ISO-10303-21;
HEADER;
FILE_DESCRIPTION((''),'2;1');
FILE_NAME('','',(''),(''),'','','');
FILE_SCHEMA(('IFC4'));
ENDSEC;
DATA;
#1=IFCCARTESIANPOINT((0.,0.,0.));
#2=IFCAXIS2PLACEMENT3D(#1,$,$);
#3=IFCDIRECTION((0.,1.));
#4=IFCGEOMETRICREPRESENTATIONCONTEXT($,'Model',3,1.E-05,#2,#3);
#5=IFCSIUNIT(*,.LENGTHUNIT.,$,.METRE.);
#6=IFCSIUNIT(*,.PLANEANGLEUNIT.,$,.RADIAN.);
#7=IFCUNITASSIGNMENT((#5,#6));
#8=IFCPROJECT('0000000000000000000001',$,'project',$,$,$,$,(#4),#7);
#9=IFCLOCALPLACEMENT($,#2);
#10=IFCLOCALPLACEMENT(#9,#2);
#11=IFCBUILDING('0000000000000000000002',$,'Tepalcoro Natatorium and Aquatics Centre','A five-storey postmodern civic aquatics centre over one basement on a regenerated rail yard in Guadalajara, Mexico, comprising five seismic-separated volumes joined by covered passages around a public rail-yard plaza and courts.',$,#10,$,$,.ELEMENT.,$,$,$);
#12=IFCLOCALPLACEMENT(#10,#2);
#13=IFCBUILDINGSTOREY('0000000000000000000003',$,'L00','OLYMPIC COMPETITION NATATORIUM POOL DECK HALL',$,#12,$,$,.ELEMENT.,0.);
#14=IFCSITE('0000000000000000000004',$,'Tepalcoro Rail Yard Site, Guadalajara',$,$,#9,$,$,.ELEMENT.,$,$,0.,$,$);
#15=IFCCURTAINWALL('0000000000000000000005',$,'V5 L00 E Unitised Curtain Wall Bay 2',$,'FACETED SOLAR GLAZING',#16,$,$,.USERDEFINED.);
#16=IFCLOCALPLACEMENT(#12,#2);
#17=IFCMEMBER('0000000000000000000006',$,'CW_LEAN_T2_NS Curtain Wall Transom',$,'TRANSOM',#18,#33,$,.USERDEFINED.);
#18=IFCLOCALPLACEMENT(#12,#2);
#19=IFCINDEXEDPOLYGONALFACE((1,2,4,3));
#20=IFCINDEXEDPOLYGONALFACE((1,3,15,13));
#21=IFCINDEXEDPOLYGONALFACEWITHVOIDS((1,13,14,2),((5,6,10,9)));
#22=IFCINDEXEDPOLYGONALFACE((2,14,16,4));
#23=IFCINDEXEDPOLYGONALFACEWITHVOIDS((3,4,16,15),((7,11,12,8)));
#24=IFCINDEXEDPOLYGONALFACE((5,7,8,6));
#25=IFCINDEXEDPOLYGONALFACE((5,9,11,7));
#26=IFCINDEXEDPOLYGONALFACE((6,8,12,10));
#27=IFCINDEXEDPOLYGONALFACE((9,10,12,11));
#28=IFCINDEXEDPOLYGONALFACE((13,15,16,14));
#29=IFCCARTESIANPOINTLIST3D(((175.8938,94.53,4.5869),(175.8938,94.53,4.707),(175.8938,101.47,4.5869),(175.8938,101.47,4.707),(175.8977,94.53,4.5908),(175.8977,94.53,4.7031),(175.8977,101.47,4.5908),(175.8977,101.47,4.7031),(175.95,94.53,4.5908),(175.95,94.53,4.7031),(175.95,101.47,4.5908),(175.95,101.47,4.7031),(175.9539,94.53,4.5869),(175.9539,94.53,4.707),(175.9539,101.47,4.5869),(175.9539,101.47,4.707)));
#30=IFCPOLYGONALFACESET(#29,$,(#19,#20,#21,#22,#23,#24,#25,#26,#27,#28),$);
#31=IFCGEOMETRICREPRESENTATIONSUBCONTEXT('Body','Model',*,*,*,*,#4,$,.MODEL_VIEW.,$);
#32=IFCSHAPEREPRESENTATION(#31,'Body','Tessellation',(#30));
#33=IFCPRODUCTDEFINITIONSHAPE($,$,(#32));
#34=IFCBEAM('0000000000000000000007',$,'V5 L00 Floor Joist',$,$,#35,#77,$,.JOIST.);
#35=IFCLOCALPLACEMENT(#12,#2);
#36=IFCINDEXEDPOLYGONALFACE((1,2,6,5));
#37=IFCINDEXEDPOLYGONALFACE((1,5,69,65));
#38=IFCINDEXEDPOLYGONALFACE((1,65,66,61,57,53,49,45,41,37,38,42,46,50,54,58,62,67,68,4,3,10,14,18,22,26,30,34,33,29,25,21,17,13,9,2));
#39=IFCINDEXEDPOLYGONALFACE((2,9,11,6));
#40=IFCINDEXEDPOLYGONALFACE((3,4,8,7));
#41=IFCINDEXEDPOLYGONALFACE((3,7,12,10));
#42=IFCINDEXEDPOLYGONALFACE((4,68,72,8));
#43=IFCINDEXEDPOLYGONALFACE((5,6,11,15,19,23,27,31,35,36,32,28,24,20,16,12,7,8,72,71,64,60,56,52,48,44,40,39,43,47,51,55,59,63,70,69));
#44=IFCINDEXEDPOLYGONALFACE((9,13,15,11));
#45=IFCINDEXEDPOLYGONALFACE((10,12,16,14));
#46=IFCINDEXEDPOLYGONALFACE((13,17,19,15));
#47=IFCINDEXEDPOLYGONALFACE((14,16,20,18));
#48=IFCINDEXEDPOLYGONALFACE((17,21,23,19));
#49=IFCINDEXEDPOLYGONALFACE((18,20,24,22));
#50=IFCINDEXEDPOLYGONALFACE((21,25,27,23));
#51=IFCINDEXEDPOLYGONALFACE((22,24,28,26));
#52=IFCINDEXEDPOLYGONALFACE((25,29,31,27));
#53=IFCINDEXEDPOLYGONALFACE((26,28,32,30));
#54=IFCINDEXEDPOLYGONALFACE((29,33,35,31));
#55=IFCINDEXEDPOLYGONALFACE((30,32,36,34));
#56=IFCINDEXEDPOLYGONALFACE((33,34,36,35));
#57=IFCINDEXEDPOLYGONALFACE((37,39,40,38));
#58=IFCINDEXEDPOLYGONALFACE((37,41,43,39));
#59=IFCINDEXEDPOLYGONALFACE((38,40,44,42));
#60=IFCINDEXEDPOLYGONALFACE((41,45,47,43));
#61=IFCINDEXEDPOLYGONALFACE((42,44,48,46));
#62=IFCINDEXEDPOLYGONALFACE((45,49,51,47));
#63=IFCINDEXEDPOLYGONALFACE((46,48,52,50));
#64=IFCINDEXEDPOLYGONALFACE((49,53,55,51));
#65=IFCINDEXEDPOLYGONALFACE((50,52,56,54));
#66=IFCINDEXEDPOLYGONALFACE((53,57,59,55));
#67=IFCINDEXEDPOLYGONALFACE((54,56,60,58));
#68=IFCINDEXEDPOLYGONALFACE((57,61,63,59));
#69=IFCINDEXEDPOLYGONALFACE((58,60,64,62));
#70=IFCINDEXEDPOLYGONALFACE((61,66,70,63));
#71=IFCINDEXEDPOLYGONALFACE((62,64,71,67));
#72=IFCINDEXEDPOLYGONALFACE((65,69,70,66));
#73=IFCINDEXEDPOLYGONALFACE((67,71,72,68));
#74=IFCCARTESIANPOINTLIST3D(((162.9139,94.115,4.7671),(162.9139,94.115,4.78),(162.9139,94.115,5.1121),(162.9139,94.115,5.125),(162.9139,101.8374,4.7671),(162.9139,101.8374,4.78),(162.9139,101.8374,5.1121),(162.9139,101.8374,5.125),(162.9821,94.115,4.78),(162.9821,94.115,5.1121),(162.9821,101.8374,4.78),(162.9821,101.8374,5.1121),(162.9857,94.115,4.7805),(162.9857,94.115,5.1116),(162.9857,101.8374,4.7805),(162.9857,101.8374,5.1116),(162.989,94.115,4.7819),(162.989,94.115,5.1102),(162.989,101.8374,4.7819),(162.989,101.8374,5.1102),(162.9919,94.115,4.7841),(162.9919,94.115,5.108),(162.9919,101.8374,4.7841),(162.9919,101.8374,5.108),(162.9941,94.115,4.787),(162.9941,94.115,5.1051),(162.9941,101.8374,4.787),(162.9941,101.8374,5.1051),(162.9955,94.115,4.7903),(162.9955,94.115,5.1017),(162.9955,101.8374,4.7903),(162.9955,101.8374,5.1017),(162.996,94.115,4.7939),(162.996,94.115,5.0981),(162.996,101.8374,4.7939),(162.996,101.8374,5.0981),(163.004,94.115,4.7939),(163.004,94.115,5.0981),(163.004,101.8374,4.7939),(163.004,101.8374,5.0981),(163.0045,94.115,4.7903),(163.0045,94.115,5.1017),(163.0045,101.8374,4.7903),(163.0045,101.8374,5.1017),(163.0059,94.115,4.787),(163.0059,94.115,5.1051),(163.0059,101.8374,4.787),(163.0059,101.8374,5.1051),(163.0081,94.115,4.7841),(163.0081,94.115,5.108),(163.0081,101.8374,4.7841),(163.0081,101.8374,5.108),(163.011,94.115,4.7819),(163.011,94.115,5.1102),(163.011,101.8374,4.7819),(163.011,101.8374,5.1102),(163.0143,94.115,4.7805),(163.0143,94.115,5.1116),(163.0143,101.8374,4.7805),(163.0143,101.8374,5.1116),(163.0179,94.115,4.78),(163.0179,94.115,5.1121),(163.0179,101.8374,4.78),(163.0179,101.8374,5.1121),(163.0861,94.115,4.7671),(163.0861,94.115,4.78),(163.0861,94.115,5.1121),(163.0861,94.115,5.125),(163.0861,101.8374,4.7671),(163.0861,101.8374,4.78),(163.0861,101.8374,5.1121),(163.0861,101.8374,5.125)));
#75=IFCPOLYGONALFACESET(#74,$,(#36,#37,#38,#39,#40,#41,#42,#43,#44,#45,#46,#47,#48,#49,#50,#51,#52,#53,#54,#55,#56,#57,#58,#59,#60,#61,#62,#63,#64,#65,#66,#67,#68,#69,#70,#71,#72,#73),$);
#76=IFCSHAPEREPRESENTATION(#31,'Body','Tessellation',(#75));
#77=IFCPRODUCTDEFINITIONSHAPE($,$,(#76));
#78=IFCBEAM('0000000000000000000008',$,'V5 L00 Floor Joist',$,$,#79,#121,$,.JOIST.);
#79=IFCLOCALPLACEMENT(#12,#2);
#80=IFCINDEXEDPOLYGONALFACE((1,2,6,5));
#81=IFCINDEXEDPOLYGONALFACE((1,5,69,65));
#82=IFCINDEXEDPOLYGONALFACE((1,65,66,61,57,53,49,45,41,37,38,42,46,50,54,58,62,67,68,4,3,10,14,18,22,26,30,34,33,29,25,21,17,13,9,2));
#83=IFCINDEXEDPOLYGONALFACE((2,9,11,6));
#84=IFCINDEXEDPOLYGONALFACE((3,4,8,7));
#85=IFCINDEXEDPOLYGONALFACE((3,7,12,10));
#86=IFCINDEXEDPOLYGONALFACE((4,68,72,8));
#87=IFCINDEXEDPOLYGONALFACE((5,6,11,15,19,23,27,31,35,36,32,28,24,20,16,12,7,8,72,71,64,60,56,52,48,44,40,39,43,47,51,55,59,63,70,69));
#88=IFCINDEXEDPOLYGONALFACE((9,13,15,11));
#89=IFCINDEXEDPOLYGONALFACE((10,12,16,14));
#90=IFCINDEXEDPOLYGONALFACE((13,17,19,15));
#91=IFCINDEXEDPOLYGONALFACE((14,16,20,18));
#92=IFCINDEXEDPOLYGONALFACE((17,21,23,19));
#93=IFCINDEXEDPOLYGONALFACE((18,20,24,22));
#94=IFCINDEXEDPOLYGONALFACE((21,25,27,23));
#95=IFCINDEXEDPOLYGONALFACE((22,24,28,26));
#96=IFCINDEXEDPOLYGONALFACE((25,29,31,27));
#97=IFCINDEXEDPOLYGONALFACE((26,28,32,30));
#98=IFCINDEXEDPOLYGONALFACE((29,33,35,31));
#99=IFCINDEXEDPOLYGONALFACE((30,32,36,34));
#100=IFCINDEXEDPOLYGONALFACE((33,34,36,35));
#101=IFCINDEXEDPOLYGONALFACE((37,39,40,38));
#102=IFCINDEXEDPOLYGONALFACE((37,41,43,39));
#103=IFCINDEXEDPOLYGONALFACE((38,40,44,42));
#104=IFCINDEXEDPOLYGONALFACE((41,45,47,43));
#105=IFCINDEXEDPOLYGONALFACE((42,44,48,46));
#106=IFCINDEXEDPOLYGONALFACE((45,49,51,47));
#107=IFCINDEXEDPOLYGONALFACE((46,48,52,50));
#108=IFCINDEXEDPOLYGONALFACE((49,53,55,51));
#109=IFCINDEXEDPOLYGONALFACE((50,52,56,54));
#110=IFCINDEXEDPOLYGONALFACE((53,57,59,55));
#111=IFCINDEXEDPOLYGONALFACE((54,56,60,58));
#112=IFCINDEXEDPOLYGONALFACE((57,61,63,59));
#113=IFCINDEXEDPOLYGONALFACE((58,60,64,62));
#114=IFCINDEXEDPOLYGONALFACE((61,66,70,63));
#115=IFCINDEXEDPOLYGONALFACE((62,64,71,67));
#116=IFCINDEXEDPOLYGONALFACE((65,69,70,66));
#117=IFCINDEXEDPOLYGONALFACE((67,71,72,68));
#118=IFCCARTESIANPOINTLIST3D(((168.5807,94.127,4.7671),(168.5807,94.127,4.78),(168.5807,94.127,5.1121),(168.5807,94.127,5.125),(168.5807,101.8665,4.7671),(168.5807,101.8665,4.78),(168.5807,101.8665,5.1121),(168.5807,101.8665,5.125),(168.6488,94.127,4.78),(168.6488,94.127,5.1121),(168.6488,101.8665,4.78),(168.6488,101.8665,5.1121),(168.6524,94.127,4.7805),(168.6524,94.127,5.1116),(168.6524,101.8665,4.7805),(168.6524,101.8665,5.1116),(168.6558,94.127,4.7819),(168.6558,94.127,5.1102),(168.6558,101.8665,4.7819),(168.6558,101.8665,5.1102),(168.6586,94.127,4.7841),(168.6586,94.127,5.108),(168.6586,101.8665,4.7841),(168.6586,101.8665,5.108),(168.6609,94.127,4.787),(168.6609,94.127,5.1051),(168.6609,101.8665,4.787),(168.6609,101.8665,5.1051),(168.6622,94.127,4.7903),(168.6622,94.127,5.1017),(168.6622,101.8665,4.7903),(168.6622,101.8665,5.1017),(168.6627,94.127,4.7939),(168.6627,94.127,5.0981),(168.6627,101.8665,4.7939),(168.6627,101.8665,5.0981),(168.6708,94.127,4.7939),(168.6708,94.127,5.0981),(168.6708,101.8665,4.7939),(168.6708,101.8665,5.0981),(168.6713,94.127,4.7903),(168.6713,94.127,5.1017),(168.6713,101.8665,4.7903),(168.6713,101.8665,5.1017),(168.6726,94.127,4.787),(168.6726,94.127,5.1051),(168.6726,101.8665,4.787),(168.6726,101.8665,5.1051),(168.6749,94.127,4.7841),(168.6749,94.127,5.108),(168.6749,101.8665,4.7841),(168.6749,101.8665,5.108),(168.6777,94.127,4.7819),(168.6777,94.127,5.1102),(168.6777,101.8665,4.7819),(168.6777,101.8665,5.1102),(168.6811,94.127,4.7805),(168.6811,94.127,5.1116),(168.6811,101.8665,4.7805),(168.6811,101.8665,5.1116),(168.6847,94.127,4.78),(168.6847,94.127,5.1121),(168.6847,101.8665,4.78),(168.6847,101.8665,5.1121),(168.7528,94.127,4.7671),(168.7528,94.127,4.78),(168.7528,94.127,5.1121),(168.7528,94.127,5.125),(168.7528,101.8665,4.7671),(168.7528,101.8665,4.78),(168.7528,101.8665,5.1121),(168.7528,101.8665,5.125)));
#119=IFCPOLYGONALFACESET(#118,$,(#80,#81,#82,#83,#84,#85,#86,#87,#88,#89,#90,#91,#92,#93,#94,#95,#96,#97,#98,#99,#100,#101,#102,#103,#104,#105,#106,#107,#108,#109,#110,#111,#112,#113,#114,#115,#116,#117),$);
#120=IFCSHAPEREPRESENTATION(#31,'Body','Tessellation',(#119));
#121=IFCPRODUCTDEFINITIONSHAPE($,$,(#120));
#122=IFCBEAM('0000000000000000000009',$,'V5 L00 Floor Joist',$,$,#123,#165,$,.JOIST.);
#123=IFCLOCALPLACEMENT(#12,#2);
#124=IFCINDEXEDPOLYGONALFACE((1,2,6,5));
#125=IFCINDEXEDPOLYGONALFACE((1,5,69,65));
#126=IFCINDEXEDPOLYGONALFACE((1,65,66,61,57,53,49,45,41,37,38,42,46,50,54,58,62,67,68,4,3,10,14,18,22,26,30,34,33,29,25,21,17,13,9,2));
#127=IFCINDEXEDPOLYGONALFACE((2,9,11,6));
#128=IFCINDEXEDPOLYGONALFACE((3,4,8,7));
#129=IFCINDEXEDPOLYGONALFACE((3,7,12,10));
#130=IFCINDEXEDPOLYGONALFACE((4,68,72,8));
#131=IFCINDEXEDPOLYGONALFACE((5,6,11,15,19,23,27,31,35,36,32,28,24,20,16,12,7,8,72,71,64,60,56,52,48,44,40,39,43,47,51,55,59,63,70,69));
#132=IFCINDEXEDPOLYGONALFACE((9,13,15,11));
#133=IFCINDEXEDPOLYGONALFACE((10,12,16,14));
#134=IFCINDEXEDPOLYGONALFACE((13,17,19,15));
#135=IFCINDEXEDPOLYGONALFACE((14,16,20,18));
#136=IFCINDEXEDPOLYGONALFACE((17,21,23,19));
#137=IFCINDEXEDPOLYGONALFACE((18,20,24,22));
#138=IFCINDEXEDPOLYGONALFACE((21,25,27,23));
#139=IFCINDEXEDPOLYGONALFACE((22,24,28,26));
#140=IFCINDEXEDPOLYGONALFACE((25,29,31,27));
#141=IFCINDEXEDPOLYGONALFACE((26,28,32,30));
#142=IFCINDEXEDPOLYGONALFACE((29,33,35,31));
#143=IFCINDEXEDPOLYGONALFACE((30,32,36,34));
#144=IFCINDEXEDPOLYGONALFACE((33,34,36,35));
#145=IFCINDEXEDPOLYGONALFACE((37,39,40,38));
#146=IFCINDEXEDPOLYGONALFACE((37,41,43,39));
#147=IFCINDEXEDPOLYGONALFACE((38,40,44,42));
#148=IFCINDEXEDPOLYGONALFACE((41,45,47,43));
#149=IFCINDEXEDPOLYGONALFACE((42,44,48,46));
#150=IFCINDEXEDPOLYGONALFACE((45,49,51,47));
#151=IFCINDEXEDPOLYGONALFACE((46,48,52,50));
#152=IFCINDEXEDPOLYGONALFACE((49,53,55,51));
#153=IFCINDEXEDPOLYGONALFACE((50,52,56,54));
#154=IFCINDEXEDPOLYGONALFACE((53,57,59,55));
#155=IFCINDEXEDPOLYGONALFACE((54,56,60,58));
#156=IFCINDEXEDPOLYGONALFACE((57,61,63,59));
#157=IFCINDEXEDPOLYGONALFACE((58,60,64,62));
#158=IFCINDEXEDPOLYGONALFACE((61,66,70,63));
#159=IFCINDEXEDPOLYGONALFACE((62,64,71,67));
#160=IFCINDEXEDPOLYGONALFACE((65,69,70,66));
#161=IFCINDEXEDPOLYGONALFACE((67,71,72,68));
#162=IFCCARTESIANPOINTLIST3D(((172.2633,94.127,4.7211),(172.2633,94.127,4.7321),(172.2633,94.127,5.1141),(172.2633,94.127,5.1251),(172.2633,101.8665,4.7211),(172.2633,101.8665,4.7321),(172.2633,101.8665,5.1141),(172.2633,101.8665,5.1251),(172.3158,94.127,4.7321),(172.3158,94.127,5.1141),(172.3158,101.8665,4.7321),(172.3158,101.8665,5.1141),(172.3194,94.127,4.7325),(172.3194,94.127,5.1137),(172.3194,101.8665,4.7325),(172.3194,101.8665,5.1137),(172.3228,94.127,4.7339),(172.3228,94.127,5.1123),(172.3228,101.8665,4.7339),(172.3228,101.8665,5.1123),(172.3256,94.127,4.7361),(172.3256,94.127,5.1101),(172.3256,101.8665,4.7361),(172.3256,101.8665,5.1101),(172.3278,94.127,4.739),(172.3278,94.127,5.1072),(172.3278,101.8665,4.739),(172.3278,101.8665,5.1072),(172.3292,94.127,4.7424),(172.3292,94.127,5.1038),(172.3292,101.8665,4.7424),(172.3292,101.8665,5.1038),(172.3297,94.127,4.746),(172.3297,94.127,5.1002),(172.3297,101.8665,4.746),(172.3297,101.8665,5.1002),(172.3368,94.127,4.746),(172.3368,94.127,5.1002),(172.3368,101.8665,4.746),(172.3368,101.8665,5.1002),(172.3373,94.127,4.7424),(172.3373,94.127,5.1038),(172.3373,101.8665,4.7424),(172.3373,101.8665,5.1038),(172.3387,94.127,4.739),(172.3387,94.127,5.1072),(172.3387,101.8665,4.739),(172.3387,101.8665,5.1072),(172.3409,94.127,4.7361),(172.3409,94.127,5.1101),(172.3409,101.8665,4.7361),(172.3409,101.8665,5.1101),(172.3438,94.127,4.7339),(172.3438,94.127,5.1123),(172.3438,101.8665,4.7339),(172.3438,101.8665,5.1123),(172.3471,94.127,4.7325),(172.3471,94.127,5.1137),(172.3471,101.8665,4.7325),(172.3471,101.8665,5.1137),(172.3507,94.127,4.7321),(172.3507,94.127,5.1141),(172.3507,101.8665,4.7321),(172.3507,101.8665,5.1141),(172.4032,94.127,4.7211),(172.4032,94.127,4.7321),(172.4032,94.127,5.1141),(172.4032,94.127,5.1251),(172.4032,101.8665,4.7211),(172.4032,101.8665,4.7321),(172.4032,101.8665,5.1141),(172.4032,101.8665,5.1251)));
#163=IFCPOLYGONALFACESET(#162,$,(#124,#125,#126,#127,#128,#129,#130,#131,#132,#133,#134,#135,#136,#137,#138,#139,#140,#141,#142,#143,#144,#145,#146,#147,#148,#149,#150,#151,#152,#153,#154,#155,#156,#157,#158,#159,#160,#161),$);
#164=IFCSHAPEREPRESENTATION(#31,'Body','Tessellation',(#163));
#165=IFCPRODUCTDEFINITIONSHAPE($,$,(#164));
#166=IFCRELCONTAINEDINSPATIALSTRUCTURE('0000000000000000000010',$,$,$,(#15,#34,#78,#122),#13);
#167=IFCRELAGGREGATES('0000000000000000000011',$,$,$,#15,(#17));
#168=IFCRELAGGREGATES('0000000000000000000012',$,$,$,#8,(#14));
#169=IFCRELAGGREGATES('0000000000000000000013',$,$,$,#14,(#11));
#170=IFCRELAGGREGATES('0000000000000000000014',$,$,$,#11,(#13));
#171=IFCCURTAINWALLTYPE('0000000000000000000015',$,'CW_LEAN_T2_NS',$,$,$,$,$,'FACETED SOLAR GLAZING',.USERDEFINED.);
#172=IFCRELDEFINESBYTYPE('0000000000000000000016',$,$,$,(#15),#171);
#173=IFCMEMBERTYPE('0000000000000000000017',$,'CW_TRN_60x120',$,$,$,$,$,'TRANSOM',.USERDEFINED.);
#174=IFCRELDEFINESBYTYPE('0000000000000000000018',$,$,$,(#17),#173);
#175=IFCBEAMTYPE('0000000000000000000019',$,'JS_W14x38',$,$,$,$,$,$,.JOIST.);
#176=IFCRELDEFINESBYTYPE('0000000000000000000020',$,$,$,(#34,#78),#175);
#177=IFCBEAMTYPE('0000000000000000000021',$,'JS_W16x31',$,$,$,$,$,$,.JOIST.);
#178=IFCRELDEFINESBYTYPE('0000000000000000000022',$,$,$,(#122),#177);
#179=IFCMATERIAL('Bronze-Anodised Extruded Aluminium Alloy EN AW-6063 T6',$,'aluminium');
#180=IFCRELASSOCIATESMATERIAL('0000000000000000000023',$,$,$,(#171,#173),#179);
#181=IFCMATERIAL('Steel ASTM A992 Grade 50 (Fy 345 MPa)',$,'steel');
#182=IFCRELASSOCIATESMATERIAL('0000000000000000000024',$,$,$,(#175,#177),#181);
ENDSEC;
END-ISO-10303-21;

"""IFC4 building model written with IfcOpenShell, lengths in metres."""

from ifc_helpers import new_model, si_unit, direction, frame, origin, origin_2d, place, context, subcontext, project, spatial, hollow_rectangle, i_section, extrude, material, material_profile, profile_set, type_object, element, aggregate, save


model = new_model("IFC4")

# Units and contexts
model_context = context("Model", 3, precision=1e-05, world=origin(), true_north=direction((0.0, 1.0)))
body_context = subcontext(model_context, "Body", "Model", "MODEL_VIEW")
ifc_project = project(units=[si_unit("LENGTHUNIT", "METRE"), si_unit("PLANEANGLEUNIT", "RADIAN")], contexts=[model_context])

# Site, building, storey
site_placement = place(None, origin())
site = spatial("IfcSite", under=ifc_project, at=site_placement, Name="Tepalcoro Rail Yard Site, Guadalajara", CompositionType="ELEMENT", RefElevation=0.0)
building_placement = place(site_placement, origin())
building = spatial("IfcBuilding", under=site, at=building_placement, Name="Tepalcoro Natatorium and Aquatics Centre", Description="A five-storey postmodern civic aquatics centre over one basement on a regenerated rail yard in Guadalajara, Mexico, comprising five seismic-separated volumes joined by covered passages around a public rail-yard plaza and courts.", CompositionType="ELEMENT")
storey_placement = place(building_placement, origin())
storey = spatial("IfcBuildingStorey", under=building, at=storey_placement, Name="L00", Description="OLYMPIC COMPETITION NATATORIUM POOL DECK HALL", CompositionType="ELEMENT", Elevation=0.0)

# Shared definitions
ifc_material_1 = material(Name="Steel ASTM A992 Grade 50 (Fy 345 MPa)", Category="steel")

# Curtain wall, member
ifc_material_2 = material(Name="Bronze-Anodised Extruded Aluminium Alloy EN AW-6063 T6", Category="aluminium")
curtain_wall_type = type_object("IfcCurtainWallType", Name="CW_LEAN_T2_NS", ElementType="FACETED SOLAR GLAZING", PredefinedType="USERDEFINED", material=ifc_material_2)
curtain_wall_placement = place(storey_placement, origin())
curtain_wall = element("IfcCurtainWall", 1, at=curtain_wall_placement, inside=storey, type_object=curtain_wall_type, Name="V5 L00 E Unitised Curtain Wall Bay 2", ObjectType="FACETED SOLAR GLAZING", PredefinedType="USERDEFINED")
ifc_material_profile_1 = material_profile(ifc_material_2, hollow_rectangle(XDim=0.0601, YDim=0.1201, WallThickness=0.0039, at=origin_2d()), Name="AL60X120X4")
ifc_profile_set_1 = profile_set([ifc_material_profile_1], Name="Bronze-Anodised Extruded Aluminium Alloy EN AW-6063 T6")
member_type_1 = type_object("IfcMemberType", Name="CW_TRN_60x120", ElementType="TRANSOM", PredefinedType="USERDEFINED", material=ifc_profile_set_1)
member_1_placement = place(storey_placement, frame((175.9238, 94.53, 4.647), z_axis=(0.0, 1.0, 0.0), x_axis=(-1.0, 0.0, 0.0)))
member_1 = element("IfcMember", 2, at=member_1_placement, type_object=member_type_1, Name="CW_LEAN_T2_NS Curtain Wall Transom", ObjectType="TRANSOM", PredefinedType="USERDEFINED", context=body_context, shape_type="SweptSolid", body=[
    extrude(hollow_rectangle(XDim=0.0601, YDim=0.1201, WallThickness=0.0039, at=origin_2d()), origin(), (0.0, 0.0, 1.0), 6.9399),
])

# Beams
ifc_material_profile_2 = material_profile(ifc_material_1, i_section(OverallWidth=0.1721, OverallDepth=0.3579, WebThickness=0.0081, FlangeThickness=0.0129, FilletRadius=0.0139, at=origin_2d()), Name="W14X38")
ifc_profile_set_2 = profile_set([ifc_material_profile_2], Name="Steel ASTM A992 Grade 50 (Fy 345 MPa)")
beam_type_1 = type_object("IfcBeamType", Name="JS_W14x38", PredefinedType="JOIST", material=ifc_profile_set_2)
beam_1_placement = place(storey_placement, frame((163.0, 94.115, 4.946), z_axis=(0.0, 1.0, 0.0), x_axis=(-1.0, 0.0, 0.0)))
element("IfcBeam", 3, at=beam_1_placement, inside=storey, type_object=beam_type_1, Name="V5 L00 Floor Joist", PredefinedType="JOIST", context=body_context, shape_type="SweptSolid", body=[
    extrude(i_section(OverallWidth=0.1721, OverallDepth=0.3579, WebThickness=0.0081, FlangeThickness=0.0129, FilletRadius=0.0139, at=origin_2d()), origin(), (0.0, 0.0, 1.0), 7.7224),
])
beam_2_placement = place(storey_placement, frame((168.6667, 94.127, 4.946), z_axis=(0.0, 1.0, 0.0), x_axis=(-1.0, 0.0, 0.0)))
element("IfcBeam", 4, at=beam_2_placement, inside=storey, type_object=beam_type_1, Name="V5 L00 Floor Joist", PredefinedType="JOIST", context=body_context, shape_type="SweptSolid", body=[
    extrude(i_section(OverallWidth=0.1721, OverallDepth=0.3579, WebThickness=0.0081, FlangeThickness=0.0129, FilletRadius=0.0139, at=origin_2d()), origin(), (0.0, 0.0, 1.0), 7.7395),
])
ifc_material_profile_3 = material_profile(ifc_material_1, i_section(OverallWidth=0.1399, OverallDepth=0.4041, WebThickness=0.0071, FlangeThickness=0.011, FilletRadius=0.0139, at=origin_2d()), Name="W16X31")
ifc_profile_set_3 = profile_set([ifc_material_profile_3], Name="Steel ASTM A992 Grade 50 (Fy 345 MPa)")
beam_type_2 = type_object("IfcBeamType", Name="JS_W16x31", PredefinedType="JOIST", material=ifc_profile_set_3)
beam_3_placement = place(storey_placement, frame((172.3333, 94.127, 4.9231), z_axis=(0.0, 1.0, 0.0), x_axis=(-1.0, 0.0, 0.0)))
element("IfcBeam", 5, at=beam_3_placement, inside=storey, type_object=beam_type_2, Name="V5 L00 Floor Joist", PredefinedType="JOIST", context=body_context, shape_type="SweptSolid", body=[
    extrude(i_section(OverallWidth=0.1399, OverallDepth=0.4041, WebThickness=0.0071, FlangeThickness=0.011, FilletRadius=0.0139, at=origin_2d()), origin(), (0.0, 0.0, 1.0), 7.7395),
])

aggregate(curtain_wall, [member_1])

save(model, "model.ifc")
